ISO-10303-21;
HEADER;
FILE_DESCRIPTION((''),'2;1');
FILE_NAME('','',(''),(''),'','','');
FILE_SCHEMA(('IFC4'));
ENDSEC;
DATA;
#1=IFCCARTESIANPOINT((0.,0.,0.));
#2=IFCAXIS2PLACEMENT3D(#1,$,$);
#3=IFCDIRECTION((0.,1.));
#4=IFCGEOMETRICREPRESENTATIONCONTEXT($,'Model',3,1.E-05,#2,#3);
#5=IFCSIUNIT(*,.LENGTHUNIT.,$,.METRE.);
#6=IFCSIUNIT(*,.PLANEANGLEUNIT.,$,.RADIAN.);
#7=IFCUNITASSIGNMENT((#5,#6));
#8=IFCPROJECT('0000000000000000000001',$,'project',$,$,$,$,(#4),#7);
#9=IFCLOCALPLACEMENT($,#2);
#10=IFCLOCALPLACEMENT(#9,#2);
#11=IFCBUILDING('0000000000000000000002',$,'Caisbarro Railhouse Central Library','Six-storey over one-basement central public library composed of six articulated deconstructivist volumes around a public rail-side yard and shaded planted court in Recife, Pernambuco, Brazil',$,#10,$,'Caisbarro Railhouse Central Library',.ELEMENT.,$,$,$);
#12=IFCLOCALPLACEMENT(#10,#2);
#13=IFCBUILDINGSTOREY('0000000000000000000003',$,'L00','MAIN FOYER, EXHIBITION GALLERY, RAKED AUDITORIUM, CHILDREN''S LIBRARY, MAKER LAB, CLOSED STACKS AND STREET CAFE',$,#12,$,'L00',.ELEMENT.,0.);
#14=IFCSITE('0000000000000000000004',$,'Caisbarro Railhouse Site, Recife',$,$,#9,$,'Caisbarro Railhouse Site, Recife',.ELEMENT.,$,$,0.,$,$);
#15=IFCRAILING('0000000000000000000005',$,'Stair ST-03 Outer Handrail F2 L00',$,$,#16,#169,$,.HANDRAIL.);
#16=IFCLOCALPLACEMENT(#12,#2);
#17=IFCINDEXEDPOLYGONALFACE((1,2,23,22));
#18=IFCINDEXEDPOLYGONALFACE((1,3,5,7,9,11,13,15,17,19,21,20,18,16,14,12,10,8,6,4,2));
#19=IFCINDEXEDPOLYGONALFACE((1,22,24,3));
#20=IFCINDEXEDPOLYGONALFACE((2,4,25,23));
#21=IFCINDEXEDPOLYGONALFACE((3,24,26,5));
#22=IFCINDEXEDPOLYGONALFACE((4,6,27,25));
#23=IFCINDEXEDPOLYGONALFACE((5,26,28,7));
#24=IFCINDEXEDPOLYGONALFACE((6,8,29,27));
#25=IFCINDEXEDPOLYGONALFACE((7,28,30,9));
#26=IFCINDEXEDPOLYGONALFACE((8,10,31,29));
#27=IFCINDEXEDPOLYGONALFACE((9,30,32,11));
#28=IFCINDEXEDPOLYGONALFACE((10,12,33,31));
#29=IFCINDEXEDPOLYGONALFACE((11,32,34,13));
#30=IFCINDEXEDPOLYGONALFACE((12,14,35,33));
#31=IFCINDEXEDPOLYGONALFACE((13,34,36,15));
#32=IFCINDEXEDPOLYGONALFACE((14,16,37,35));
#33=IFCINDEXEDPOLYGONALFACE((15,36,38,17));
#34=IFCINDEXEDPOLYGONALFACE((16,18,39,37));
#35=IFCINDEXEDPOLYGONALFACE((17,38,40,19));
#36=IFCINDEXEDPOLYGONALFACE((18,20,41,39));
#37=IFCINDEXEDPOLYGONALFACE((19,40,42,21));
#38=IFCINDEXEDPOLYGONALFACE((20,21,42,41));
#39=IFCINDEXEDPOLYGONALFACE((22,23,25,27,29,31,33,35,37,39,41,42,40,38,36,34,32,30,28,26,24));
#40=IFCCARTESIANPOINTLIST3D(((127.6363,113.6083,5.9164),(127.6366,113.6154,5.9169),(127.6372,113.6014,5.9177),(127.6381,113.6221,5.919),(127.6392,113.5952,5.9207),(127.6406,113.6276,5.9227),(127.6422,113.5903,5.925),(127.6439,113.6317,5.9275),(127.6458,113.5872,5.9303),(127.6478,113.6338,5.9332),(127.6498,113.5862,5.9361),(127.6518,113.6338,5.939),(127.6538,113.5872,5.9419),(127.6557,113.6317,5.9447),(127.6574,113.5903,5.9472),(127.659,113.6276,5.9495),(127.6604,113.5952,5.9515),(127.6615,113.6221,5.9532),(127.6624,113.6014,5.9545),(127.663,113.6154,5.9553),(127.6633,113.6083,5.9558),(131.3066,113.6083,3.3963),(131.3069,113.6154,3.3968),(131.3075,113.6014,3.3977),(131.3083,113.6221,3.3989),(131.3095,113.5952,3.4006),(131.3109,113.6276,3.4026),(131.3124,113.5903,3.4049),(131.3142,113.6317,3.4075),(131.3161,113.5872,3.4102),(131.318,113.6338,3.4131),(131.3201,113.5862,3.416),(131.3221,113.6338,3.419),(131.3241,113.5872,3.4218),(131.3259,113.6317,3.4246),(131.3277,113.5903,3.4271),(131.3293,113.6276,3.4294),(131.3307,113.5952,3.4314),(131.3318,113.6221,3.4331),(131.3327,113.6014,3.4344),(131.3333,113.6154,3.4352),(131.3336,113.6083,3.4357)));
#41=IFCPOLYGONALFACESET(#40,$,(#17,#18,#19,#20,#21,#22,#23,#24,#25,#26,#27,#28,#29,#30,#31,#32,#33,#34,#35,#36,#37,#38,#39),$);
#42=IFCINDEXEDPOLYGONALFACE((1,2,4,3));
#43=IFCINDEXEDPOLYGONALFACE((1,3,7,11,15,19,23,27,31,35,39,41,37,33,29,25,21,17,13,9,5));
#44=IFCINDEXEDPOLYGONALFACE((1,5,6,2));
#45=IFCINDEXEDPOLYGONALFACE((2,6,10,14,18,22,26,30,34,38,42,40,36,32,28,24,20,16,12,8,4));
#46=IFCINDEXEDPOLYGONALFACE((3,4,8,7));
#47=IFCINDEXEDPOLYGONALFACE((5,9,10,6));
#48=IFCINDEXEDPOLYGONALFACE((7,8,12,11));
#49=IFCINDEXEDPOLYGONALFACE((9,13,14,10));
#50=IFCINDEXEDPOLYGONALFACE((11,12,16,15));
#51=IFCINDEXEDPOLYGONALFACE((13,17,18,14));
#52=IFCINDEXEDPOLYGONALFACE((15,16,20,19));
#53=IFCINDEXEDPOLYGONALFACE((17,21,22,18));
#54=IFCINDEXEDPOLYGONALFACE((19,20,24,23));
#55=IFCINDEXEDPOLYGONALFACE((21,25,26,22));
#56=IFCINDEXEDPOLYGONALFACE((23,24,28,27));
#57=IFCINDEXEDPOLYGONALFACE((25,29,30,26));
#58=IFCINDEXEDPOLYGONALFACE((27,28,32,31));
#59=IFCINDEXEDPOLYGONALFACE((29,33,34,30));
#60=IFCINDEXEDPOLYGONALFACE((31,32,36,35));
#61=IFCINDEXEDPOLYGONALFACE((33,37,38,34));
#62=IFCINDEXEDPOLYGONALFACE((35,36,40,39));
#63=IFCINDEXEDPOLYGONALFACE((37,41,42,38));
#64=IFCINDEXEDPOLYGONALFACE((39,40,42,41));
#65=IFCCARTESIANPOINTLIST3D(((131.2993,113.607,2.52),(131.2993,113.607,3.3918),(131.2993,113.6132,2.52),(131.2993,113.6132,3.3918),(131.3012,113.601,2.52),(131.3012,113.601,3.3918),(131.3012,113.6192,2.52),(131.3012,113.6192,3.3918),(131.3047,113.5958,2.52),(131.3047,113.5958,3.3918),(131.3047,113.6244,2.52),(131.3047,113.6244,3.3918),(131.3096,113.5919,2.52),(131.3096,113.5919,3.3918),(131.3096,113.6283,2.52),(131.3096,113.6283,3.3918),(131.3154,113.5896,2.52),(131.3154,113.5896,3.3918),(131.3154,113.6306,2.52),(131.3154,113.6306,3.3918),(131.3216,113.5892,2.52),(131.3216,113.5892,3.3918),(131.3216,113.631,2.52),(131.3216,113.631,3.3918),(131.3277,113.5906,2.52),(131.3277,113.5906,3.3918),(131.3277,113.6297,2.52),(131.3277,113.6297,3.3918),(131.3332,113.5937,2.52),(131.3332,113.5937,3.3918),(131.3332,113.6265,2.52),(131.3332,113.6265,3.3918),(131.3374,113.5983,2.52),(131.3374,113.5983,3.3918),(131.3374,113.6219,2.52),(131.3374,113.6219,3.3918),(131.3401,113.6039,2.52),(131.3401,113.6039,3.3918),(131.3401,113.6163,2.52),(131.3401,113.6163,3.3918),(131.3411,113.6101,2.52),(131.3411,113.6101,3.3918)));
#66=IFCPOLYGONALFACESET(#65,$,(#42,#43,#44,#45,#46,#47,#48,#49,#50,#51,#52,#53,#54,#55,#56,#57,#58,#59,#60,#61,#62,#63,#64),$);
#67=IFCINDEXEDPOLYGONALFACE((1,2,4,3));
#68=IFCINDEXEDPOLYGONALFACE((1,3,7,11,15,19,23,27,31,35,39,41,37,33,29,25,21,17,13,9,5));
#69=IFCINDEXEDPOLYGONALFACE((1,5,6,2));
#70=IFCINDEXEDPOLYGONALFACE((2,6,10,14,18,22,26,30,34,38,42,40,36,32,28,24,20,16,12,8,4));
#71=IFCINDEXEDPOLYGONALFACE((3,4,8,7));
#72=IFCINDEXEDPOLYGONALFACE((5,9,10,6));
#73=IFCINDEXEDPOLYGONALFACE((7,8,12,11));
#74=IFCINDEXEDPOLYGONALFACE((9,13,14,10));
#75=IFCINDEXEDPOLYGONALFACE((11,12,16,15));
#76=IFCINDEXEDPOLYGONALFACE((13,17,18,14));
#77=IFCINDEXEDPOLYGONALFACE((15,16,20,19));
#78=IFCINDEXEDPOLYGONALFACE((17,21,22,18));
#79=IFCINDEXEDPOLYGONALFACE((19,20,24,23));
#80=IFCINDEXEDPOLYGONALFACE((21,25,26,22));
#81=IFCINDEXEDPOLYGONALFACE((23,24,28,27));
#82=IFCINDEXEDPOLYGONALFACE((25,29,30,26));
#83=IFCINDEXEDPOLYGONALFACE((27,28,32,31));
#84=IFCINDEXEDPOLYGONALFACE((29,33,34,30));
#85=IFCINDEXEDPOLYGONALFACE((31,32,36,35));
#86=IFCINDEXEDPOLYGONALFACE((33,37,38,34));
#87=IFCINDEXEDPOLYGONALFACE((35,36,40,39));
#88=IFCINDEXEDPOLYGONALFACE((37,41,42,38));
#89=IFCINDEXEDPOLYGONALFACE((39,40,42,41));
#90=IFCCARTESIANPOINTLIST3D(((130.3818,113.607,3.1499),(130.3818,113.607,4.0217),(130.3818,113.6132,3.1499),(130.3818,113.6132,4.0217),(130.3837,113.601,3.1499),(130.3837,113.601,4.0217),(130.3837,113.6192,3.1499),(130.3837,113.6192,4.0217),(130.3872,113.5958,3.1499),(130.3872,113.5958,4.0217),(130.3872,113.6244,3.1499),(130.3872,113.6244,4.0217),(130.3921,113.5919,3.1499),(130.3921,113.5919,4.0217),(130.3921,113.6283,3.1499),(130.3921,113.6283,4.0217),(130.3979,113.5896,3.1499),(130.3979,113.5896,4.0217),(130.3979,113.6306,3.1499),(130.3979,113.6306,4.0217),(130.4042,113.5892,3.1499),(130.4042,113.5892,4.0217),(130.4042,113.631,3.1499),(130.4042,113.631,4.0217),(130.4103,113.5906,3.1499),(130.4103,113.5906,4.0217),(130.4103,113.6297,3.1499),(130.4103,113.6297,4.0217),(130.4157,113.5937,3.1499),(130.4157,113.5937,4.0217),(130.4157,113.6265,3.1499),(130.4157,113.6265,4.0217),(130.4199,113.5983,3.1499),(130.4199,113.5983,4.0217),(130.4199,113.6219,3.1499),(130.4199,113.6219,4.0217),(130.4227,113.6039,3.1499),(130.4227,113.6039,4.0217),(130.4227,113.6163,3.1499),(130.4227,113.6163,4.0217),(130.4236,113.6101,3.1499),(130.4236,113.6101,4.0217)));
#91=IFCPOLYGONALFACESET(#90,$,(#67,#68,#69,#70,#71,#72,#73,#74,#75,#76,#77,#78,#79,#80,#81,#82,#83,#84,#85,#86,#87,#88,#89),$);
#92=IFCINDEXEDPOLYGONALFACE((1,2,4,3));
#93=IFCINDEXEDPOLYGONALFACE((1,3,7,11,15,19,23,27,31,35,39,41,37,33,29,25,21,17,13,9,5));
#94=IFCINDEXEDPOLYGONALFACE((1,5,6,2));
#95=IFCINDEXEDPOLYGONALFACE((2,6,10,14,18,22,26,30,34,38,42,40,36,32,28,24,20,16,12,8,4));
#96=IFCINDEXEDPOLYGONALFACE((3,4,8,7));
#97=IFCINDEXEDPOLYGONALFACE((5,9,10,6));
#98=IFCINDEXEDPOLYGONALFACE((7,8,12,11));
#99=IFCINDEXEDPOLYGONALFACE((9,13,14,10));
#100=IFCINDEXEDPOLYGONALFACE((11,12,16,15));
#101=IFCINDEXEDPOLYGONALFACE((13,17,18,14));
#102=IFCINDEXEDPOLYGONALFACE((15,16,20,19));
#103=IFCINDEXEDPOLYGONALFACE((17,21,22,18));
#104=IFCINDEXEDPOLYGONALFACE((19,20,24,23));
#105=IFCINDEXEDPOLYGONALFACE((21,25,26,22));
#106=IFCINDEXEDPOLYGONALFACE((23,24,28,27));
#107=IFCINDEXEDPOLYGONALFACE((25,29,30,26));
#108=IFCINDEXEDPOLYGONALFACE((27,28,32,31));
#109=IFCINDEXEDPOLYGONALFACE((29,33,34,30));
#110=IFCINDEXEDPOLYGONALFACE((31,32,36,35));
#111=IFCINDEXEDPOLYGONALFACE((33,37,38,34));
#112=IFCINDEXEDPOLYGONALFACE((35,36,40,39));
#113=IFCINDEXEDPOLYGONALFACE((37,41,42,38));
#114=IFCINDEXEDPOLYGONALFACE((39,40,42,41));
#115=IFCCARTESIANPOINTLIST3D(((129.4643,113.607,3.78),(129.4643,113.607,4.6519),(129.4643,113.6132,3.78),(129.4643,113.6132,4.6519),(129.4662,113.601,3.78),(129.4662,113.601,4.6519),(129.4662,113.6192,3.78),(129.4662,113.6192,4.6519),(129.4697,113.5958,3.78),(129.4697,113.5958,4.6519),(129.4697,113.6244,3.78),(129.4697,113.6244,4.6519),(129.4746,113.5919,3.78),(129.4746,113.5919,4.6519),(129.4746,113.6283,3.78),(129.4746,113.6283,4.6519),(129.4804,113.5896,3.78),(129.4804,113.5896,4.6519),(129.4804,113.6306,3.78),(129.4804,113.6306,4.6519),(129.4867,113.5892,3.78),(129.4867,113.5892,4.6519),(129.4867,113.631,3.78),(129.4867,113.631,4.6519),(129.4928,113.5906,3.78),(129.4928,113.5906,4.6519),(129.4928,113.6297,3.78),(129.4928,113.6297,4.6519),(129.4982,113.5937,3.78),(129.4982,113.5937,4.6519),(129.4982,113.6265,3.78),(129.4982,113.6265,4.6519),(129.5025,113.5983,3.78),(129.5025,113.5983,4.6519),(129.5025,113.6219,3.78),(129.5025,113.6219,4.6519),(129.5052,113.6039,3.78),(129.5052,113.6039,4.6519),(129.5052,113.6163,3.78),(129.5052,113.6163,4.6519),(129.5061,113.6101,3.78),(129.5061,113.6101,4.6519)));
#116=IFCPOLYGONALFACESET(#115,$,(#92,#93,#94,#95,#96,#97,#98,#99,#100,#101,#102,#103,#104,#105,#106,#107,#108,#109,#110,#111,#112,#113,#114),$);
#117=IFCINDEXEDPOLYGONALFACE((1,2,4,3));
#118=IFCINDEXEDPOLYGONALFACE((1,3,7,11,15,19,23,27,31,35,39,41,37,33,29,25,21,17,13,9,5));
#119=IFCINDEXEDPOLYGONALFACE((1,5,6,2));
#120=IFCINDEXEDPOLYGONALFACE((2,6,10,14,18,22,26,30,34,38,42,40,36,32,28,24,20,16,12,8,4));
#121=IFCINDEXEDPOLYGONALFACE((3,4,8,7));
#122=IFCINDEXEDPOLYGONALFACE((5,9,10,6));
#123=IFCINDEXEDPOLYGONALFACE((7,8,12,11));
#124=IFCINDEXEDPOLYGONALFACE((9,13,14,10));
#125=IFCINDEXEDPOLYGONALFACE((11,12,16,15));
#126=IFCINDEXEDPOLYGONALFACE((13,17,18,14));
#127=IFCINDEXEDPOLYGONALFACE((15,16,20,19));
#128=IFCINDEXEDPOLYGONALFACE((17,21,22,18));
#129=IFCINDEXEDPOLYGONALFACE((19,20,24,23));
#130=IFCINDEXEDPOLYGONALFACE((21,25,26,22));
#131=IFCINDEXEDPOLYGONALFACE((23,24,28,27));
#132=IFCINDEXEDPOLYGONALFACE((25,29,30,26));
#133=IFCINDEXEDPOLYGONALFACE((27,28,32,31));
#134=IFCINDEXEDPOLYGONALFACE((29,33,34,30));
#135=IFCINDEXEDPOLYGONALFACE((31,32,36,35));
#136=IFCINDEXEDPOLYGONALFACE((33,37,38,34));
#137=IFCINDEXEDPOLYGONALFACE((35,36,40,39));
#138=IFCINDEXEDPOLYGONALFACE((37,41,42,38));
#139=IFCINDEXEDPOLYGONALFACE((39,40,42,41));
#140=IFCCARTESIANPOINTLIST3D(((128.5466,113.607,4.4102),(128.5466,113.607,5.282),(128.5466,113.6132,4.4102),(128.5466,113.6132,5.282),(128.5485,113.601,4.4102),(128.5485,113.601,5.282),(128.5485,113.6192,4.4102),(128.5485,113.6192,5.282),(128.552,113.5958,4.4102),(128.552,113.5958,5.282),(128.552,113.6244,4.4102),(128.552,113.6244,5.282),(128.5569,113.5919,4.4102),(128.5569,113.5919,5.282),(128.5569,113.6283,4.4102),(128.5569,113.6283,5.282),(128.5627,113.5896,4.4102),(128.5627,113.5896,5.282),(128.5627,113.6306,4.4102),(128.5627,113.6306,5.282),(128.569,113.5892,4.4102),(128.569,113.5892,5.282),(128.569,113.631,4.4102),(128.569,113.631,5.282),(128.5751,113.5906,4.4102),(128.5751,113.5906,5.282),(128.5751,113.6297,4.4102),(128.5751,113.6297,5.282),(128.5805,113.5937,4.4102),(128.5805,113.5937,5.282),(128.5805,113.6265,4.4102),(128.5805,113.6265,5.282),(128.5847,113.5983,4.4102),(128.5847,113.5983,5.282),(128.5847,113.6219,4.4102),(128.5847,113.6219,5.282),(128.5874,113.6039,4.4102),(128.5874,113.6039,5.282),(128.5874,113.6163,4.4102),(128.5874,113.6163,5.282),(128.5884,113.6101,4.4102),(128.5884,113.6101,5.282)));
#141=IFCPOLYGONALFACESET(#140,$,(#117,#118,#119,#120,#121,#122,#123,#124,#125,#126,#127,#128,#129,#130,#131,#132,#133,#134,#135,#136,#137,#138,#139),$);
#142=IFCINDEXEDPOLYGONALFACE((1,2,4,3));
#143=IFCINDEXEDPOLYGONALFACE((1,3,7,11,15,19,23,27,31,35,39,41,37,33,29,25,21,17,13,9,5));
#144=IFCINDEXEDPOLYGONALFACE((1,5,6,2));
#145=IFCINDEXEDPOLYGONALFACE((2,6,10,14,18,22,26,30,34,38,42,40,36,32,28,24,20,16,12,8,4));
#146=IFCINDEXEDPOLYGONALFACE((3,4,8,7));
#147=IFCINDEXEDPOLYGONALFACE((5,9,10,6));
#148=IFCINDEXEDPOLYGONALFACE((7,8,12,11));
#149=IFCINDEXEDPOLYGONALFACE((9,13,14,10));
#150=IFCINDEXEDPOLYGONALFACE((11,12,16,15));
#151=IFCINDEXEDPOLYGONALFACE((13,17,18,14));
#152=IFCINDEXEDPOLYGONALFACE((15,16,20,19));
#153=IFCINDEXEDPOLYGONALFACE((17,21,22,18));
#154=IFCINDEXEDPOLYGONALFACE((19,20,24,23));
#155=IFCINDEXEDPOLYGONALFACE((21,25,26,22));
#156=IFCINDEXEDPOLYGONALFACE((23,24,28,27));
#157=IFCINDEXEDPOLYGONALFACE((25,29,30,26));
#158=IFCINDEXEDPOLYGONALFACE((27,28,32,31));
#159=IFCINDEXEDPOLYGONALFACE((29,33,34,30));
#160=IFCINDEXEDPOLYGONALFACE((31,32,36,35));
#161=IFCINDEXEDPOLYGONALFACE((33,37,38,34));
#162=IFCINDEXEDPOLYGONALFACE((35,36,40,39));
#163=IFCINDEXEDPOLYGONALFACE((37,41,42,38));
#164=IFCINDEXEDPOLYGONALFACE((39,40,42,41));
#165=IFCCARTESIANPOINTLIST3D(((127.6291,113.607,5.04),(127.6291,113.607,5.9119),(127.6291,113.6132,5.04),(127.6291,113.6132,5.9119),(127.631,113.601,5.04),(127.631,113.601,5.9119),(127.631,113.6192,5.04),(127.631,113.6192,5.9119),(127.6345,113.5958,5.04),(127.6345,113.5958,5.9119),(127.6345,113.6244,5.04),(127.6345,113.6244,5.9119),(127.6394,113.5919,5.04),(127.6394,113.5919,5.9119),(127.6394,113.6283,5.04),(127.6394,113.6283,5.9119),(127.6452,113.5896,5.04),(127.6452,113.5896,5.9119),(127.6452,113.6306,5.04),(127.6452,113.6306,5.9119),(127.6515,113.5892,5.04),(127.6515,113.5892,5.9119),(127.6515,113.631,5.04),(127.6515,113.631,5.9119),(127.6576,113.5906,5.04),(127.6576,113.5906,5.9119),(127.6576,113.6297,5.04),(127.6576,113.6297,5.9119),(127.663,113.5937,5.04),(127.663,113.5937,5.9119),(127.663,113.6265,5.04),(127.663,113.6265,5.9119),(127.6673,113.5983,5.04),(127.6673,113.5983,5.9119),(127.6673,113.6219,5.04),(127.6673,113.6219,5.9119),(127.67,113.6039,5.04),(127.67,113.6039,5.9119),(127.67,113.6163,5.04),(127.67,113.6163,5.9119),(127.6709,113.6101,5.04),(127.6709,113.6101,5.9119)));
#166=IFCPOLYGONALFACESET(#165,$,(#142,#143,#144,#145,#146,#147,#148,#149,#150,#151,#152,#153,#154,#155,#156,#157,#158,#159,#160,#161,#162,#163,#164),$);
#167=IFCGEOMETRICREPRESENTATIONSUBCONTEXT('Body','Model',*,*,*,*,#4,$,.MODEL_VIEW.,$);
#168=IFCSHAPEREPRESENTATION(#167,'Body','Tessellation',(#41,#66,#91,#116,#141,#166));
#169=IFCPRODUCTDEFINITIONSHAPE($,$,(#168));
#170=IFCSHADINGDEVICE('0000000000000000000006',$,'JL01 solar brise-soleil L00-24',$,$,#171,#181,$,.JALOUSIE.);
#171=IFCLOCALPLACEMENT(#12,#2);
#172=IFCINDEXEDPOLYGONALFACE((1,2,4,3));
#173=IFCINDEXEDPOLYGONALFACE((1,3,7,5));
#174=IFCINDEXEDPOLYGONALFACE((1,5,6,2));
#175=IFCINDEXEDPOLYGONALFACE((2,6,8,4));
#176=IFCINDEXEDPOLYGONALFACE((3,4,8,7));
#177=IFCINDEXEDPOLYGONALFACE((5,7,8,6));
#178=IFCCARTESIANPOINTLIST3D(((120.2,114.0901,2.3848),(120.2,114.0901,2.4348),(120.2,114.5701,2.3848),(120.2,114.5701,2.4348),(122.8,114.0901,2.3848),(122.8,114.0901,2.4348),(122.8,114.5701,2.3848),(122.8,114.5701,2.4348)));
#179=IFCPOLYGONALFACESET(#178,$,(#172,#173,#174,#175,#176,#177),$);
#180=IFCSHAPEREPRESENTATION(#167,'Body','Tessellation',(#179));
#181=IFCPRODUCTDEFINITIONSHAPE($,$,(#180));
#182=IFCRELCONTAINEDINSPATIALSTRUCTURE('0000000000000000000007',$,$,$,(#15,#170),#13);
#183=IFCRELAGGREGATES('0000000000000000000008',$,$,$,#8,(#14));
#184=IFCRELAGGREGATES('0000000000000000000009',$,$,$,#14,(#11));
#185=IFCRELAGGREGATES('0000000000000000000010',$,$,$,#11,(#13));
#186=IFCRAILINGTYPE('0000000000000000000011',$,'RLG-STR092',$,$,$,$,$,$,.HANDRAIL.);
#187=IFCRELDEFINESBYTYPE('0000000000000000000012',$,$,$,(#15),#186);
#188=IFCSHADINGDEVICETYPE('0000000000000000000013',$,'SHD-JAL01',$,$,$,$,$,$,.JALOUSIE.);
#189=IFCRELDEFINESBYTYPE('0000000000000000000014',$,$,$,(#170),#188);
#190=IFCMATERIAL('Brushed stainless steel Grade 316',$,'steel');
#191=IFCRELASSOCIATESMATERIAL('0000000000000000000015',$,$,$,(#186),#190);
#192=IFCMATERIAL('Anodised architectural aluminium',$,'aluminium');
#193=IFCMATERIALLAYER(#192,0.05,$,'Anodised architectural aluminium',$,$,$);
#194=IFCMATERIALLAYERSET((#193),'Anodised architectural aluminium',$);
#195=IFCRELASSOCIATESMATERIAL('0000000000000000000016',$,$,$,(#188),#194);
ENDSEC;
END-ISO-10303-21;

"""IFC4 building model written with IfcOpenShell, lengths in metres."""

from ifc_helpers import new_model, si_unit, direction, frame, origin, origin_2d, place, context, subcontext, project, spatial, rectangle, circle, extrude, material, layer, layer_set, type_object, element, save


model = new_model("IFC4")

# Units and contexts
model_context = context("Model", 3, precision=1e-05, world=origin(), true_north=direction((0.0, 1.0)))
body_context = subcontext(model_context, "Body", "Model", "MODEL_VIEW")
ifc_project = project(units=[si_unit("LENGTHUNIT", "METRE"), si_unit("PLANEANGLEUNIT", "RADIAN")], contexts=[model_context])

# Site, building, storey
site_placement = place(None, origin())
site = spatial("IfcSite", under=ifc_project, at=site_placement, Name="Caisbarro Railhouse Site, Recife", LongName="Caisbarro Railhouse Site, Recife", CompositionType="ELEMENT", RefElevation=0.0)
building_placement = place(site_placement, origin())
building = spatial("IfcBuilding", under=site, at=building_placement, Name="Caisbarro Railhouse Central Library", Description="Six-storey over one-basement central public library composed of six articulated deconstructivist volumes around a public rail-side yard and shaded planted court in Recife, Pernambuco, Brazil", LongName="Caisbarro Railhouse Central Library", CompositionType="ELEMENT")
storey_placement = place(building_placement, origin())
storey = spatial("IfcBuildingStorey", under=building, at=storey_placement, Name="L00", Description="MAIN FOYER, EXHIBITION GALLERY, RAKED AUDITORIUM, CHILDREN'S LIBRARY, MAKER LAB, CLOSED STACKS AND STREET CAFE", LongName="L00", CompositionType="ELEMENT", Elevation=0.0)

# Shared definitions
ifc_material_1 = material(Name="Anodised architectural aluminium", Category="aluminium")

# Railing
ifc_material_2 = material(Name="Brushed stainless steel Grade 316", Category="steel")
railing_type_1 = type_object("IfcRailingType", Name="RLG-STR092", PredefinedType="HANDRAIL", material=ifc_material_2)
railing_1_placement = place(storey_placement, frame((131.3201, 113.6101, 2.52)))
element("IfcRailing", 1, at=railing_1_placement, inside=storey, type_object=railing_type_1, Name="Stair ST-03 Outer Handrail F2 L00", PredefinedType="HANDRAIL", context=body_context, shape_type="SweptSolid", body=[
    extrude(circle(Radius=0.0239, at=origin_2d()), frame((0.0, 0.0, 0.896), z_axis=(-0.824379, 0.0, 0.566038), x_axis=(0.0, -1.0, 0.0)), (0.0, 0.0, 1.0), 4.4521),
    extrude(circle(Radius=0.021, at=origin_2d()), origin(), (0.0, 0.0, 1.0), 0.8718),
    extrude(circle(Radius=0.021, at=origin_2d()), frame((-0.9175, 0.0, 0.6299)), (0.0, 0.0, 1.0), 0.8718),
    extrude(circle(Radius=0.021, at=origin_2d()), frame((-1.835, 0.0, 1.26)), (0.0, 0.0, 1.0), 0.8718),
    extrude(circle(Radius=0.021, at=origin_2d()), frame((-2.7527, 0.0, 1.8901)), (0.0, 0.0, 1.0), 0.8718),
    extrude(circle(Radius=0.021, at=origin_2d()), frame((-3.6702, 0.0, 2.52)), (0.0, 0.0, 1.0), 0.8718),
])

# Shading device
ifc_layer_1 = layer(ifc_material_1, 0.05, Name="Anodised architectural aluminium")
ifc_layer_set_1 = layer_set([ifc_layer_1], Name="Anodised architectural aluminium")
shading_device_type = type_object("IfcShadingDeviceType", Name="SHD-JAL01", PredefinedType="JALOUSIE", material=ifc_layer_set_1)
shading_device_placement = place(storey_placement, frame((121.5, 114.3301, 2.3848), z_axis=(0.0, 0.0, 1.0), x_axis=(1.0, 0.0, 0.0)))
element("IfcShadingDevice", 2, at=shading_device_placement, inside=storey, type_object=shading_device_type, Name="JL01 solar brise-soleil L00-24", PredefinedType="JALOUSIE", context=body_context, shape_type="SweptSolid", body=[
    extrude(rectangle(XDim=2.6001, YDim=0.48, at=origin_2d()), origin(), (0.0, 0.0, 1.0), 0.05),
])

save(model, "model.ifc")
